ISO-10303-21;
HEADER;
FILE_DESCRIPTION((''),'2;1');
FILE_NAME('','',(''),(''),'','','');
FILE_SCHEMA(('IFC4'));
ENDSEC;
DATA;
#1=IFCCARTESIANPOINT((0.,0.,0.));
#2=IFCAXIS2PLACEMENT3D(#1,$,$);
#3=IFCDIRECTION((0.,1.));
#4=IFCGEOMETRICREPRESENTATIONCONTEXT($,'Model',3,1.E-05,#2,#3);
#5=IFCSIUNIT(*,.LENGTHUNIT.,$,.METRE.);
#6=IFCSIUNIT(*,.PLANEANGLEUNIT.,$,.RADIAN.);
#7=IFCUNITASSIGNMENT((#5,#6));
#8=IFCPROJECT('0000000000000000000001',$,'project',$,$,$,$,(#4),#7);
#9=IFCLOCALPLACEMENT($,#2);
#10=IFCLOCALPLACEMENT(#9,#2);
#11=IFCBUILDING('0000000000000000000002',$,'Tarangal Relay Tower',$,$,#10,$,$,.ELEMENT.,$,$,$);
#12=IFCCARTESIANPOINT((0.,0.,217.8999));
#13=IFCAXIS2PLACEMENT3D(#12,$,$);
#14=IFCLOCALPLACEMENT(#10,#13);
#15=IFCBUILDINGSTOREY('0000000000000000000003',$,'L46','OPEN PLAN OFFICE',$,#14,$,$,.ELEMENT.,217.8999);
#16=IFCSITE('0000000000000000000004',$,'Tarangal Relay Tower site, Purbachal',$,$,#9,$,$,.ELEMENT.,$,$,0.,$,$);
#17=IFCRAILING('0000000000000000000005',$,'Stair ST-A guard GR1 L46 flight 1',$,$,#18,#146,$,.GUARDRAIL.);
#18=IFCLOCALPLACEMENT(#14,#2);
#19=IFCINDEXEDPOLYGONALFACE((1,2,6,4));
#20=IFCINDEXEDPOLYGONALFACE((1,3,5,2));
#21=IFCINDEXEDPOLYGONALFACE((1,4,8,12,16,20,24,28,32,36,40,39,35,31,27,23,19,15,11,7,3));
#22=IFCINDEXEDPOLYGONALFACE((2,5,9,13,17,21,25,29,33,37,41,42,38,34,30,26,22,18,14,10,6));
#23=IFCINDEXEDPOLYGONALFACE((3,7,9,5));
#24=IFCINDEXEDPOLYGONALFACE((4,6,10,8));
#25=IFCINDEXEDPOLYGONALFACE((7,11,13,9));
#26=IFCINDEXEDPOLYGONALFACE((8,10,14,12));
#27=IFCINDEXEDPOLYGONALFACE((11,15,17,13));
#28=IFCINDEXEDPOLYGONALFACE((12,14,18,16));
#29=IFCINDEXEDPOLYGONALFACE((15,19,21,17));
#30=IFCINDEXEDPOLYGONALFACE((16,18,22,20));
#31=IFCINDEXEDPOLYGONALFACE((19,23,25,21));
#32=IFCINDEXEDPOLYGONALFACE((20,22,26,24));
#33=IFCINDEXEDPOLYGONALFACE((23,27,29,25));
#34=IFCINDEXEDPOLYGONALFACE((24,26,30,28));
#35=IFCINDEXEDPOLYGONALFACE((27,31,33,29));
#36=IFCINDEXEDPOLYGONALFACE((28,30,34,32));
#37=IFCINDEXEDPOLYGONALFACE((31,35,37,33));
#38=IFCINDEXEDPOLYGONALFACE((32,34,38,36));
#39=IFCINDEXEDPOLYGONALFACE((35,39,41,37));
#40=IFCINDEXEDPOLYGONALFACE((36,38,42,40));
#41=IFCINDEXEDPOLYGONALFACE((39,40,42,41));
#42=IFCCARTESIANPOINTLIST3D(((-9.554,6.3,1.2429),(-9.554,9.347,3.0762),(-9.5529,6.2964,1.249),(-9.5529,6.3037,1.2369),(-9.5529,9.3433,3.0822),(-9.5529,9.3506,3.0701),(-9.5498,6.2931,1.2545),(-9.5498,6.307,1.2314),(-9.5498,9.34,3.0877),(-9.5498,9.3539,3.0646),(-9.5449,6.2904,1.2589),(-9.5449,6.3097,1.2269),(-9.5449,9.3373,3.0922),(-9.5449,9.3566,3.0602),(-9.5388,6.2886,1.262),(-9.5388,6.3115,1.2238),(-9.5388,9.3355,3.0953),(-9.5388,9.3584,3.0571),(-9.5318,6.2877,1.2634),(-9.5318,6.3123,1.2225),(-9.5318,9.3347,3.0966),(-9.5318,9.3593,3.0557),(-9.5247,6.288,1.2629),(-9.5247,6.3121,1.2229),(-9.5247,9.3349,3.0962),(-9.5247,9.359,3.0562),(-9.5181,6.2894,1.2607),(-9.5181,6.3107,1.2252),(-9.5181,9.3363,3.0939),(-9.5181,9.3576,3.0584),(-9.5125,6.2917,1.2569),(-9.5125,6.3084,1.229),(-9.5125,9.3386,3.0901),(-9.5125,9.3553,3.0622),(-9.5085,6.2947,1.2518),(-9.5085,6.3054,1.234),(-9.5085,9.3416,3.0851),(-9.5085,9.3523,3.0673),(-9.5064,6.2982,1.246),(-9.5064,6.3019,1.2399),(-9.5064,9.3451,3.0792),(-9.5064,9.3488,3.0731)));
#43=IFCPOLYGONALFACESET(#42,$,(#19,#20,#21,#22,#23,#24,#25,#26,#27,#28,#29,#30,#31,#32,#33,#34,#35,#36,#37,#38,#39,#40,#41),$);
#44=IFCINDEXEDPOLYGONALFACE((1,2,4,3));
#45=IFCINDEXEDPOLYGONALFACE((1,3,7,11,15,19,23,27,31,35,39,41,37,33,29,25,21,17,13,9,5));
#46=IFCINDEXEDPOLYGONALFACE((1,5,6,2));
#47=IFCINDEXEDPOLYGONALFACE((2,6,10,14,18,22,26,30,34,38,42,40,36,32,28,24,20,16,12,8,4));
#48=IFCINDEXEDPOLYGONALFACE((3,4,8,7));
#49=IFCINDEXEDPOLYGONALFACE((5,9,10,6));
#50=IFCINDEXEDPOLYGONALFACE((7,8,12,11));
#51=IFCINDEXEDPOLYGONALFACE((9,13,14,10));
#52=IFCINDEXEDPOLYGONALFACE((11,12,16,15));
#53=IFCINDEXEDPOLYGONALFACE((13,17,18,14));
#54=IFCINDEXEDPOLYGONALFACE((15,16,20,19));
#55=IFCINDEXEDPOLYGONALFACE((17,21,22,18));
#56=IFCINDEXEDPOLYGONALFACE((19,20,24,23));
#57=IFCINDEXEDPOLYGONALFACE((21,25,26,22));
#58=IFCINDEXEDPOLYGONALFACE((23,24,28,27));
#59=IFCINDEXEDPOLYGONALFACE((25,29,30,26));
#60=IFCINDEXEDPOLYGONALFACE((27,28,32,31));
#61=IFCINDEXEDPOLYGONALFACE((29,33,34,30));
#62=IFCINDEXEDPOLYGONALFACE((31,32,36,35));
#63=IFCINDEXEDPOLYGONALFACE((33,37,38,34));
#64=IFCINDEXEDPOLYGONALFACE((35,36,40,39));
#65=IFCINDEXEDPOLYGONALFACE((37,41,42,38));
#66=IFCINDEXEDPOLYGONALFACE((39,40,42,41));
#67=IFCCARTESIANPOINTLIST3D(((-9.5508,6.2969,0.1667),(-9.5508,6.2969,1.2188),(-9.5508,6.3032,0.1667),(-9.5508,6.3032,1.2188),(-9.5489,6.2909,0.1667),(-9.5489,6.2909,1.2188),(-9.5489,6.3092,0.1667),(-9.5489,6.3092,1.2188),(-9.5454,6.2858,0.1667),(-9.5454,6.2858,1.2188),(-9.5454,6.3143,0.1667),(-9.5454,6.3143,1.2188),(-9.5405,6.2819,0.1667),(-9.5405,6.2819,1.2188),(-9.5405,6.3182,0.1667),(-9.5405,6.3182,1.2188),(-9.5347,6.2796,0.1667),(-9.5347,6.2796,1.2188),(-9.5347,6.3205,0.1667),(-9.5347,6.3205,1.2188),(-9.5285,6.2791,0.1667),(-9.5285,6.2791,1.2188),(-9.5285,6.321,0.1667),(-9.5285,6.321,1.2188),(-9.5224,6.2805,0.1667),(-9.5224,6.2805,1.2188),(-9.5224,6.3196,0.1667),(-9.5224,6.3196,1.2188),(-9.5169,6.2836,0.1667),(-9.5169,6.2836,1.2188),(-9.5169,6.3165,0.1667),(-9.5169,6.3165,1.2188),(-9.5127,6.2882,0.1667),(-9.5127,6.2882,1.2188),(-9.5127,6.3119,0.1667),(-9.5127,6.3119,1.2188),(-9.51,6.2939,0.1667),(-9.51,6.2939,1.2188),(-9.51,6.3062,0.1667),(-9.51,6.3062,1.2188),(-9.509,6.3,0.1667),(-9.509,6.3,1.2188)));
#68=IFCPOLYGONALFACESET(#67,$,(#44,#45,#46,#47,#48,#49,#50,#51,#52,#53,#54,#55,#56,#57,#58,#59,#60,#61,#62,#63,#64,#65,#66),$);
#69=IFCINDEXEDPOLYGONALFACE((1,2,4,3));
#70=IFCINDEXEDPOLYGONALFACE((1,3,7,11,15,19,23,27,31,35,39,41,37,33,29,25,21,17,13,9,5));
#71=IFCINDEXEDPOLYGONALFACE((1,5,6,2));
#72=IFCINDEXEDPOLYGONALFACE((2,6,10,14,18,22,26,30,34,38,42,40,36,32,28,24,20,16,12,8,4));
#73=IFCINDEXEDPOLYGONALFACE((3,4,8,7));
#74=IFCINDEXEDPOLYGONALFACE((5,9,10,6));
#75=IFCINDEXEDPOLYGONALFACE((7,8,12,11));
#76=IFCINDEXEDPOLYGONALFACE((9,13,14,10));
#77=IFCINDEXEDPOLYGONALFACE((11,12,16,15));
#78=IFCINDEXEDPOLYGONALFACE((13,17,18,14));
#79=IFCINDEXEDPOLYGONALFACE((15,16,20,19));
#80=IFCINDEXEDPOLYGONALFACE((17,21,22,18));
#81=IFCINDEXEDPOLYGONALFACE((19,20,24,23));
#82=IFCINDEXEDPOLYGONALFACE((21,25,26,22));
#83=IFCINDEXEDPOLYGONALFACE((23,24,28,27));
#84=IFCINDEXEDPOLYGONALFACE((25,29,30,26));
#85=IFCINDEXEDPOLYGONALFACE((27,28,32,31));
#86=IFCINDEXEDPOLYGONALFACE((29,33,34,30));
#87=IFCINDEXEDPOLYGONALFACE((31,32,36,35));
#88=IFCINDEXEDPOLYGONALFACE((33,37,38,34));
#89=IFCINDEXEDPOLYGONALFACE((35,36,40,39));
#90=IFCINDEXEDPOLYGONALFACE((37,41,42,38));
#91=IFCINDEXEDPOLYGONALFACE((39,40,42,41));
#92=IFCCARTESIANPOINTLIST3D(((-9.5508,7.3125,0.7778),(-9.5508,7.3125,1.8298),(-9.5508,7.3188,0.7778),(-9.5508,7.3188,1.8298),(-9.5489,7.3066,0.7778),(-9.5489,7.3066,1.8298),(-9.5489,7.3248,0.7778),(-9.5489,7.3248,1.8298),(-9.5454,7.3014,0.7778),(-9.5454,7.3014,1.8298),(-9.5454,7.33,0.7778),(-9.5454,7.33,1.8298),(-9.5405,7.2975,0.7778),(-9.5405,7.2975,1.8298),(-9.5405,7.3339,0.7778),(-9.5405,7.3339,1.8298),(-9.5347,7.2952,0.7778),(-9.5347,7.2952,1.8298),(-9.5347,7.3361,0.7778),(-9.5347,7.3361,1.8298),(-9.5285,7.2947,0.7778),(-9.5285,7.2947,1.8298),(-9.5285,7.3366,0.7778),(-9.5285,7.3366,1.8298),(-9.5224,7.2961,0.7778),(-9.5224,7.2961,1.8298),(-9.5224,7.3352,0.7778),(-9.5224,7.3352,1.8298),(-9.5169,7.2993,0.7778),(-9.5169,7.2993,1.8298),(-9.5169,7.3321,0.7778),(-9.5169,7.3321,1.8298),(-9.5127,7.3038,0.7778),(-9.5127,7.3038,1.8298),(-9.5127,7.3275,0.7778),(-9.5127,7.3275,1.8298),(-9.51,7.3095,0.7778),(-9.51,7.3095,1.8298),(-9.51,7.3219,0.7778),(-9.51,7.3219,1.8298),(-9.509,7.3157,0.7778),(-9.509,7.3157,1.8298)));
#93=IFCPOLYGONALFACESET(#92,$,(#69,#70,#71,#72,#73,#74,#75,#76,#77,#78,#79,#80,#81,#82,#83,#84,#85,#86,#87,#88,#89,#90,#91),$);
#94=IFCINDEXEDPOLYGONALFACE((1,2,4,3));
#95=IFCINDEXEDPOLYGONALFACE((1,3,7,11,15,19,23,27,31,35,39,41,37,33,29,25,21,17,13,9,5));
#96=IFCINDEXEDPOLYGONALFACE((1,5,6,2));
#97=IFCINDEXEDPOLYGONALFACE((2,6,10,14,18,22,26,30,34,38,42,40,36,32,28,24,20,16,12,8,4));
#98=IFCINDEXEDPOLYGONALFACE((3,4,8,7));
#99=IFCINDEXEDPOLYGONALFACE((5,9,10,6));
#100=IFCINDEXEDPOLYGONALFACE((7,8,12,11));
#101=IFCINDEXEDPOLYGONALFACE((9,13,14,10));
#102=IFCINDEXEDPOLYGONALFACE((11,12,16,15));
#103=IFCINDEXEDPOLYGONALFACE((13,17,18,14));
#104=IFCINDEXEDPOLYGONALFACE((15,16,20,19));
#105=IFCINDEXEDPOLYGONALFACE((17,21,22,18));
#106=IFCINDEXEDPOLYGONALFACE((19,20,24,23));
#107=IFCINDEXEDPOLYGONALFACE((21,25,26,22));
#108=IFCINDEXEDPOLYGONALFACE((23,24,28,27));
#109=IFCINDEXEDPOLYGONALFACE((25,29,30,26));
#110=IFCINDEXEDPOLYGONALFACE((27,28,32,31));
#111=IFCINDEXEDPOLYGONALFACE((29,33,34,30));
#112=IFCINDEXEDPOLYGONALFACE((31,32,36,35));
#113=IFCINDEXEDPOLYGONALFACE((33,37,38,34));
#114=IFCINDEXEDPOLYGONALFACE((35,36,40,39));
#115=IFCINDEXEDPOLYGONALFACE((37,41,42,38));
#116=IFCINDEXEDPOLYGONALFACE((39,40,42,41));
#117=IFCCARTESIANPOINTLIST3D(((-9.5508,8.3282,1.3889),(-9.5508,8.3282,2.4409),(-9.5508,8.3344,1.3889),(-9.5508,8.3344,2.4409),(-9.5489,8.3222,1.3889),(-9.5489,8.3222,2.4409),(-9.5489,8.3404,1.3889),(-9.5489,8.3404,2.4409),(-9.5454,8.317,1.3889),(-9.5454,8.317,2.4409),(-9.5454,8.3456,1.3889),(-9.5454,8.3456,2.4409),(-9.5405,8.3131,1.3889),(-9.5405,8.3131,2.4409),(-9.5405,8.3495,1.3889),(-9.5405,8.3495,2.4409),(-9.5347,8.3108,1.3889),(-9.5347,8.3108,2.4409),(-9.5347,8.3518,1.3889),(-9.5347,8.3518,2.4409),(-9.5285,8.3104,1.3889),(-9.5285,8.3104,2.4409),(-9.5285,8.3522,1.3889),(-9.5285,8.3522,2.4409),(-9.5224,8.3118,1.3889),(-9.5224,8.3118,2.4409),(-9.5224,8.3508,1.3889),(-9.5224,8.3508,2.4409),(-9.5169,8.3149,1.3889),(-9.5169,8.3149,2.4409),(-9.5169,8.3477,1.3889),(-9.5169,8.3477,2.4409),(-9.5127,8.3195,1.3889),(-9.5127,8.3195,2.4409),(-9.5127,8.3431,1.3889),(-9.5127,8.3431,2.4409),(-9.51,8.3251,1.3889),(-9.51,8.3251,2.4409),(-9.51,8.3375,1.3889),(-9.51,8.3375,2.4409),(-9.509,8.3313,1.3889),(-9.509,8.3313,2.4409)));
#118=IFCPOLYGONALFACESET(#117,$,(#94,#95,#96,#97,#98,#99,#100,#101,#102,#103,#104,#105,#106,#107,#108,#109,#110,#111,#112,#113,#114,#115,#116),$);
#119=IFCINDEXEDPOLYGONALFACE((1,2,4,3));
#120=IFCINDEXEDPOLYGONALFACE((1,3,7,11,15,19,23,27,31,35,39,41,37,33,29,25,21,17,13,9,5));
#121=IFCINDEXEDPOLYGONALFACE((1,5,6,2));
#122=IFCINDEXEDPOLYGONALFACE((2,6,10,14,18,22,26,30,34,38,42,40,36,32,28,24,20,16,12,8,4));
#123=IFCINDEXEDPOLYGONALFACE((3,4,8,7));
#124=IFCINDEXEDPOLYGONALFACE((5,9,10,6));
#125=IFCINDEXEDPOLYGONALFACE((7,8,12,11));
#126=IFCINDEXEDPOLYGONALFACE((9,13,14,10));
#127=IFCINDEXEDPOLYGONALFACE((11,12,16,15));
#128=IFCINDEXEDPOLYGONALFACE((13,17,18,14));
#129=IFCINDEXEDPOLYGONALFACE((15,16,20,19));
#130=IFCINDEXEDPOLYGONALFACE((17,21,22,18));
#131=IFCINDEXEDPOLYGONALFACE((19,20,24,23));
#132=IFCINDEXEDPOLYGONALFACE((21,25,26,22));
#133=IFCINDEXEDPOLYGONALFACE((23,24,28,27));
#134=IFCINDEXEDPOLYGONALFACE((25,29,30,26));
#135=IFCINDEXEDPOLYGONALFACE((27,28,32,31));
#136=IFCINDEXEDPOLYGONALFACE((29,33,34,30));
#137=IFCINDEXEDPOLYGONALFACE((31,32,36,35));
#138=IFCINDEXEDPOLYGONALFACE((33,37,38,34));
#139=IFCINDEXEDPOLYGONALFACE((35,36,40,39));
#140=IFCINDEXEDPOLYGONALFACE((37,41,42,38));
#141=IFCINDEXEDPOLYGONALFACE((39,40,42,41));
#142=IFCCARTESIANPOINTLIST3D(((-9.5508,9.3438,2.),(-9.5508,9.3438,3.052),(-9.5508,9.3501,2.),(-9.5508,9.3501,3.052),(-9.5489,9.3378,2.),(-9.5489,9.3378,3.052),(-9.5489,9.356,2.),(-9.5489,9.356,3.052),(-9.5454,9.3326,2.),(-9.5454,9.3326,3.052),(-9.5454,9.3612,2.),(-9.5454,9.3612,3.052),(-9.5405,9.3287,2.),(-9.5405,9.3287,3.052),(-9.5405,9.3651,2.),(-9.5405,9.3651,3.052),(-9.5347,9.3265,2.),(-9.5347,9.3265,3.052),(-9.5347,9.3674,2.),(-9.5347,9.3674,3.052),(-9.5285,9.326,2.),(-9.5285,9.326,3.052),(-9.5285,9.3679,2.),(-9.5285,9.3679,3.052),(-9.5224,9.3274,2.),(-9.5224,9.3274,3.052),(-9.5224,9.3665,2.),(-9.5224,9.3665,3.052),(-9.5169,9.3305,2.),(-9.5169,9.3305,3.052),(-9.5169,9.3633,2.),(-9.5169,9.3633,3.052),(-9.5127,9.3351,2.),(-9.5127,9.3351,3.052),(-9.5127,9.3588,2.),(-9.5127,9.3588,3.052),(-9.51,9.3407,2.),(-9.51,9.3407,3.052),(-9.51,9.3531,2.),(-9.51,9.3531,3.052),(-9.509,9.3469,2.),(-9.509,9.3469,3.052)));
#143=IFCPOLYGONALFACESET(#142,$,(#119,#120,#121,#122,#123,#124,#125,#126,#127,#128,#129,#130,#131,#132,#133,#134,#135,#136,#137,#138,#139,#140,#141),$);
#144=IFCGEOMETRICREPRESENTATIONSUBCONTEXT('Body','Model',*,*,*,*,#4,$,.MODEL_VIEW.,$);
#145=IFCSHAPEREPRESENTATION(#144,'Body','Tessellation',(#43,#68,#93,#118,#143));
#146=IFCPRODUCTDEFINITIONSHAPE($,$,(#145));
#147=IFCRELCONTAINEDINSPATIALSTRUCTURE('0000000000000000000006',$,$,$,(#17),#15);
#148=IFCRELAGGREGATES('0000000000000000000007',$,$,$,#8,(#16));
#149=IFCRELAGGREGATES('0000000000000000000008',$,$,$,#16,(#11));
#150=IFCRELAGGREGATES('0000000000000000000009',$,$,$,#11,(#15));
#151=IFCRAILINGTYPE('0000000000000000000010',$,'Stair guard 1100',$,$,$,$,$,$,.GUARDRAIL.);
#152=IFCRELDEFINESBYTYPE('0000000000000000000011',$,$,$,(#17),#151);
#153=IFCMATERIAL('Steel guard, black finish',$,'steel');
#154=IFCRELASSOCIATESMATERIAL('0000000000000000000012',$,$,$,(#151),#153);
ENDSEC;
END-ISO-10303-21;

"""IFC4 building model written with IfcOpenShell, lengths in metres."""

from ifc_helpers import new_model, si_unit, direction, frame, origin, origin_2d, place, context, subcontext, project, spatial, circle, extrude, material, type_object, element, save


model = new_model("IFC4")

# Units and contexts
model_context = context("Model", 3, precision=1e-05, world=origin(), true_north=direction((0.0, 1.0)))
body_context = subcontext(model_context, "Body", "Model", "MODEL_VIEW")
ifc_project = project(units=[si_unit("LENGTHUNIT", "METRE"), si_unit("PLANEANGLEUNIT", "RADIAN")], contexts=[model_context])

# Site, building, storey
site_placement = place(None, origin())
site = spatial("IfcSite", under=ifc_project, at=site_placement, Name="Tarangal Relay Tower site, Purbachal", CompositionType="ELEMENT", RefElevation=0.0)
building_placement = place(site_placement, origin())
building = spatial("IfcBuilding", under=site, at=building_placement, Name="Tarangal Relay Tower", CompositionType="ELEMENT")
storey_placement = place(building_placement, frame((0.0, 0.0, 217.8999)))
storey = spatial("IfcBuildingStorey", under=building, at=storey_placement, Name="L46", Description="OPEN PLAN OFFICE", CompositionType="ELEMENT", Elevation=217.8999)

# Railing
ifc_material_1 = material(Name="Steel guard, black finish", Category="steel")
railing_type_1 = type_object("IfcRailingType", Name="Stair guard 1100", PredefinedType="GUARDRAIL", material=ifc_material_1)
railing_1_placement = place(storey_placement, frame((-9.53, 6.3, 0.1667)))
element("IfcRailing", 1, at=railing_1_placement, inside=storey, type_object=railing_type_1, Name="Stair ST-A guard GR1 L46 flight 1", PredefinedType="GUARDRAIL", context=body_context, shape_type="SweptSolid", body=[
    extrude(circle(Radius=0.0239, at=origin_2d()), frame((0.0, 0.0, 1.0762), z_axis=(0.0, 0.856856, 0.515556), x_axis=(-1.0, 0.0, 0.0)), (0.0, 0.0, 1.0), 3.5559),
    extrude(circle(Radius=0.021, at=origin_2d()), origin(), (0.0, 0.0, 1.0), 1.052),
    extrude(circle(Radius=0.021, at=origin_2d()), frame((0.0, 1.0156, 0.6111)), (0.0, 0.0, 1.0), 1.052),
    extrude(circle(Radius=0.021, at=origin_2d()), frame((0.0, 2.0312, 1.2222)), (0.0, 0.0, 1.0), 1.052),
    extrude(circle(Radius=0.021, at=origin_2d()), frame((0.0, 3.0469, 1.8333)), (0.0, 0.0, 1.0), 1.052),
])

save(model, "model.ifc")
